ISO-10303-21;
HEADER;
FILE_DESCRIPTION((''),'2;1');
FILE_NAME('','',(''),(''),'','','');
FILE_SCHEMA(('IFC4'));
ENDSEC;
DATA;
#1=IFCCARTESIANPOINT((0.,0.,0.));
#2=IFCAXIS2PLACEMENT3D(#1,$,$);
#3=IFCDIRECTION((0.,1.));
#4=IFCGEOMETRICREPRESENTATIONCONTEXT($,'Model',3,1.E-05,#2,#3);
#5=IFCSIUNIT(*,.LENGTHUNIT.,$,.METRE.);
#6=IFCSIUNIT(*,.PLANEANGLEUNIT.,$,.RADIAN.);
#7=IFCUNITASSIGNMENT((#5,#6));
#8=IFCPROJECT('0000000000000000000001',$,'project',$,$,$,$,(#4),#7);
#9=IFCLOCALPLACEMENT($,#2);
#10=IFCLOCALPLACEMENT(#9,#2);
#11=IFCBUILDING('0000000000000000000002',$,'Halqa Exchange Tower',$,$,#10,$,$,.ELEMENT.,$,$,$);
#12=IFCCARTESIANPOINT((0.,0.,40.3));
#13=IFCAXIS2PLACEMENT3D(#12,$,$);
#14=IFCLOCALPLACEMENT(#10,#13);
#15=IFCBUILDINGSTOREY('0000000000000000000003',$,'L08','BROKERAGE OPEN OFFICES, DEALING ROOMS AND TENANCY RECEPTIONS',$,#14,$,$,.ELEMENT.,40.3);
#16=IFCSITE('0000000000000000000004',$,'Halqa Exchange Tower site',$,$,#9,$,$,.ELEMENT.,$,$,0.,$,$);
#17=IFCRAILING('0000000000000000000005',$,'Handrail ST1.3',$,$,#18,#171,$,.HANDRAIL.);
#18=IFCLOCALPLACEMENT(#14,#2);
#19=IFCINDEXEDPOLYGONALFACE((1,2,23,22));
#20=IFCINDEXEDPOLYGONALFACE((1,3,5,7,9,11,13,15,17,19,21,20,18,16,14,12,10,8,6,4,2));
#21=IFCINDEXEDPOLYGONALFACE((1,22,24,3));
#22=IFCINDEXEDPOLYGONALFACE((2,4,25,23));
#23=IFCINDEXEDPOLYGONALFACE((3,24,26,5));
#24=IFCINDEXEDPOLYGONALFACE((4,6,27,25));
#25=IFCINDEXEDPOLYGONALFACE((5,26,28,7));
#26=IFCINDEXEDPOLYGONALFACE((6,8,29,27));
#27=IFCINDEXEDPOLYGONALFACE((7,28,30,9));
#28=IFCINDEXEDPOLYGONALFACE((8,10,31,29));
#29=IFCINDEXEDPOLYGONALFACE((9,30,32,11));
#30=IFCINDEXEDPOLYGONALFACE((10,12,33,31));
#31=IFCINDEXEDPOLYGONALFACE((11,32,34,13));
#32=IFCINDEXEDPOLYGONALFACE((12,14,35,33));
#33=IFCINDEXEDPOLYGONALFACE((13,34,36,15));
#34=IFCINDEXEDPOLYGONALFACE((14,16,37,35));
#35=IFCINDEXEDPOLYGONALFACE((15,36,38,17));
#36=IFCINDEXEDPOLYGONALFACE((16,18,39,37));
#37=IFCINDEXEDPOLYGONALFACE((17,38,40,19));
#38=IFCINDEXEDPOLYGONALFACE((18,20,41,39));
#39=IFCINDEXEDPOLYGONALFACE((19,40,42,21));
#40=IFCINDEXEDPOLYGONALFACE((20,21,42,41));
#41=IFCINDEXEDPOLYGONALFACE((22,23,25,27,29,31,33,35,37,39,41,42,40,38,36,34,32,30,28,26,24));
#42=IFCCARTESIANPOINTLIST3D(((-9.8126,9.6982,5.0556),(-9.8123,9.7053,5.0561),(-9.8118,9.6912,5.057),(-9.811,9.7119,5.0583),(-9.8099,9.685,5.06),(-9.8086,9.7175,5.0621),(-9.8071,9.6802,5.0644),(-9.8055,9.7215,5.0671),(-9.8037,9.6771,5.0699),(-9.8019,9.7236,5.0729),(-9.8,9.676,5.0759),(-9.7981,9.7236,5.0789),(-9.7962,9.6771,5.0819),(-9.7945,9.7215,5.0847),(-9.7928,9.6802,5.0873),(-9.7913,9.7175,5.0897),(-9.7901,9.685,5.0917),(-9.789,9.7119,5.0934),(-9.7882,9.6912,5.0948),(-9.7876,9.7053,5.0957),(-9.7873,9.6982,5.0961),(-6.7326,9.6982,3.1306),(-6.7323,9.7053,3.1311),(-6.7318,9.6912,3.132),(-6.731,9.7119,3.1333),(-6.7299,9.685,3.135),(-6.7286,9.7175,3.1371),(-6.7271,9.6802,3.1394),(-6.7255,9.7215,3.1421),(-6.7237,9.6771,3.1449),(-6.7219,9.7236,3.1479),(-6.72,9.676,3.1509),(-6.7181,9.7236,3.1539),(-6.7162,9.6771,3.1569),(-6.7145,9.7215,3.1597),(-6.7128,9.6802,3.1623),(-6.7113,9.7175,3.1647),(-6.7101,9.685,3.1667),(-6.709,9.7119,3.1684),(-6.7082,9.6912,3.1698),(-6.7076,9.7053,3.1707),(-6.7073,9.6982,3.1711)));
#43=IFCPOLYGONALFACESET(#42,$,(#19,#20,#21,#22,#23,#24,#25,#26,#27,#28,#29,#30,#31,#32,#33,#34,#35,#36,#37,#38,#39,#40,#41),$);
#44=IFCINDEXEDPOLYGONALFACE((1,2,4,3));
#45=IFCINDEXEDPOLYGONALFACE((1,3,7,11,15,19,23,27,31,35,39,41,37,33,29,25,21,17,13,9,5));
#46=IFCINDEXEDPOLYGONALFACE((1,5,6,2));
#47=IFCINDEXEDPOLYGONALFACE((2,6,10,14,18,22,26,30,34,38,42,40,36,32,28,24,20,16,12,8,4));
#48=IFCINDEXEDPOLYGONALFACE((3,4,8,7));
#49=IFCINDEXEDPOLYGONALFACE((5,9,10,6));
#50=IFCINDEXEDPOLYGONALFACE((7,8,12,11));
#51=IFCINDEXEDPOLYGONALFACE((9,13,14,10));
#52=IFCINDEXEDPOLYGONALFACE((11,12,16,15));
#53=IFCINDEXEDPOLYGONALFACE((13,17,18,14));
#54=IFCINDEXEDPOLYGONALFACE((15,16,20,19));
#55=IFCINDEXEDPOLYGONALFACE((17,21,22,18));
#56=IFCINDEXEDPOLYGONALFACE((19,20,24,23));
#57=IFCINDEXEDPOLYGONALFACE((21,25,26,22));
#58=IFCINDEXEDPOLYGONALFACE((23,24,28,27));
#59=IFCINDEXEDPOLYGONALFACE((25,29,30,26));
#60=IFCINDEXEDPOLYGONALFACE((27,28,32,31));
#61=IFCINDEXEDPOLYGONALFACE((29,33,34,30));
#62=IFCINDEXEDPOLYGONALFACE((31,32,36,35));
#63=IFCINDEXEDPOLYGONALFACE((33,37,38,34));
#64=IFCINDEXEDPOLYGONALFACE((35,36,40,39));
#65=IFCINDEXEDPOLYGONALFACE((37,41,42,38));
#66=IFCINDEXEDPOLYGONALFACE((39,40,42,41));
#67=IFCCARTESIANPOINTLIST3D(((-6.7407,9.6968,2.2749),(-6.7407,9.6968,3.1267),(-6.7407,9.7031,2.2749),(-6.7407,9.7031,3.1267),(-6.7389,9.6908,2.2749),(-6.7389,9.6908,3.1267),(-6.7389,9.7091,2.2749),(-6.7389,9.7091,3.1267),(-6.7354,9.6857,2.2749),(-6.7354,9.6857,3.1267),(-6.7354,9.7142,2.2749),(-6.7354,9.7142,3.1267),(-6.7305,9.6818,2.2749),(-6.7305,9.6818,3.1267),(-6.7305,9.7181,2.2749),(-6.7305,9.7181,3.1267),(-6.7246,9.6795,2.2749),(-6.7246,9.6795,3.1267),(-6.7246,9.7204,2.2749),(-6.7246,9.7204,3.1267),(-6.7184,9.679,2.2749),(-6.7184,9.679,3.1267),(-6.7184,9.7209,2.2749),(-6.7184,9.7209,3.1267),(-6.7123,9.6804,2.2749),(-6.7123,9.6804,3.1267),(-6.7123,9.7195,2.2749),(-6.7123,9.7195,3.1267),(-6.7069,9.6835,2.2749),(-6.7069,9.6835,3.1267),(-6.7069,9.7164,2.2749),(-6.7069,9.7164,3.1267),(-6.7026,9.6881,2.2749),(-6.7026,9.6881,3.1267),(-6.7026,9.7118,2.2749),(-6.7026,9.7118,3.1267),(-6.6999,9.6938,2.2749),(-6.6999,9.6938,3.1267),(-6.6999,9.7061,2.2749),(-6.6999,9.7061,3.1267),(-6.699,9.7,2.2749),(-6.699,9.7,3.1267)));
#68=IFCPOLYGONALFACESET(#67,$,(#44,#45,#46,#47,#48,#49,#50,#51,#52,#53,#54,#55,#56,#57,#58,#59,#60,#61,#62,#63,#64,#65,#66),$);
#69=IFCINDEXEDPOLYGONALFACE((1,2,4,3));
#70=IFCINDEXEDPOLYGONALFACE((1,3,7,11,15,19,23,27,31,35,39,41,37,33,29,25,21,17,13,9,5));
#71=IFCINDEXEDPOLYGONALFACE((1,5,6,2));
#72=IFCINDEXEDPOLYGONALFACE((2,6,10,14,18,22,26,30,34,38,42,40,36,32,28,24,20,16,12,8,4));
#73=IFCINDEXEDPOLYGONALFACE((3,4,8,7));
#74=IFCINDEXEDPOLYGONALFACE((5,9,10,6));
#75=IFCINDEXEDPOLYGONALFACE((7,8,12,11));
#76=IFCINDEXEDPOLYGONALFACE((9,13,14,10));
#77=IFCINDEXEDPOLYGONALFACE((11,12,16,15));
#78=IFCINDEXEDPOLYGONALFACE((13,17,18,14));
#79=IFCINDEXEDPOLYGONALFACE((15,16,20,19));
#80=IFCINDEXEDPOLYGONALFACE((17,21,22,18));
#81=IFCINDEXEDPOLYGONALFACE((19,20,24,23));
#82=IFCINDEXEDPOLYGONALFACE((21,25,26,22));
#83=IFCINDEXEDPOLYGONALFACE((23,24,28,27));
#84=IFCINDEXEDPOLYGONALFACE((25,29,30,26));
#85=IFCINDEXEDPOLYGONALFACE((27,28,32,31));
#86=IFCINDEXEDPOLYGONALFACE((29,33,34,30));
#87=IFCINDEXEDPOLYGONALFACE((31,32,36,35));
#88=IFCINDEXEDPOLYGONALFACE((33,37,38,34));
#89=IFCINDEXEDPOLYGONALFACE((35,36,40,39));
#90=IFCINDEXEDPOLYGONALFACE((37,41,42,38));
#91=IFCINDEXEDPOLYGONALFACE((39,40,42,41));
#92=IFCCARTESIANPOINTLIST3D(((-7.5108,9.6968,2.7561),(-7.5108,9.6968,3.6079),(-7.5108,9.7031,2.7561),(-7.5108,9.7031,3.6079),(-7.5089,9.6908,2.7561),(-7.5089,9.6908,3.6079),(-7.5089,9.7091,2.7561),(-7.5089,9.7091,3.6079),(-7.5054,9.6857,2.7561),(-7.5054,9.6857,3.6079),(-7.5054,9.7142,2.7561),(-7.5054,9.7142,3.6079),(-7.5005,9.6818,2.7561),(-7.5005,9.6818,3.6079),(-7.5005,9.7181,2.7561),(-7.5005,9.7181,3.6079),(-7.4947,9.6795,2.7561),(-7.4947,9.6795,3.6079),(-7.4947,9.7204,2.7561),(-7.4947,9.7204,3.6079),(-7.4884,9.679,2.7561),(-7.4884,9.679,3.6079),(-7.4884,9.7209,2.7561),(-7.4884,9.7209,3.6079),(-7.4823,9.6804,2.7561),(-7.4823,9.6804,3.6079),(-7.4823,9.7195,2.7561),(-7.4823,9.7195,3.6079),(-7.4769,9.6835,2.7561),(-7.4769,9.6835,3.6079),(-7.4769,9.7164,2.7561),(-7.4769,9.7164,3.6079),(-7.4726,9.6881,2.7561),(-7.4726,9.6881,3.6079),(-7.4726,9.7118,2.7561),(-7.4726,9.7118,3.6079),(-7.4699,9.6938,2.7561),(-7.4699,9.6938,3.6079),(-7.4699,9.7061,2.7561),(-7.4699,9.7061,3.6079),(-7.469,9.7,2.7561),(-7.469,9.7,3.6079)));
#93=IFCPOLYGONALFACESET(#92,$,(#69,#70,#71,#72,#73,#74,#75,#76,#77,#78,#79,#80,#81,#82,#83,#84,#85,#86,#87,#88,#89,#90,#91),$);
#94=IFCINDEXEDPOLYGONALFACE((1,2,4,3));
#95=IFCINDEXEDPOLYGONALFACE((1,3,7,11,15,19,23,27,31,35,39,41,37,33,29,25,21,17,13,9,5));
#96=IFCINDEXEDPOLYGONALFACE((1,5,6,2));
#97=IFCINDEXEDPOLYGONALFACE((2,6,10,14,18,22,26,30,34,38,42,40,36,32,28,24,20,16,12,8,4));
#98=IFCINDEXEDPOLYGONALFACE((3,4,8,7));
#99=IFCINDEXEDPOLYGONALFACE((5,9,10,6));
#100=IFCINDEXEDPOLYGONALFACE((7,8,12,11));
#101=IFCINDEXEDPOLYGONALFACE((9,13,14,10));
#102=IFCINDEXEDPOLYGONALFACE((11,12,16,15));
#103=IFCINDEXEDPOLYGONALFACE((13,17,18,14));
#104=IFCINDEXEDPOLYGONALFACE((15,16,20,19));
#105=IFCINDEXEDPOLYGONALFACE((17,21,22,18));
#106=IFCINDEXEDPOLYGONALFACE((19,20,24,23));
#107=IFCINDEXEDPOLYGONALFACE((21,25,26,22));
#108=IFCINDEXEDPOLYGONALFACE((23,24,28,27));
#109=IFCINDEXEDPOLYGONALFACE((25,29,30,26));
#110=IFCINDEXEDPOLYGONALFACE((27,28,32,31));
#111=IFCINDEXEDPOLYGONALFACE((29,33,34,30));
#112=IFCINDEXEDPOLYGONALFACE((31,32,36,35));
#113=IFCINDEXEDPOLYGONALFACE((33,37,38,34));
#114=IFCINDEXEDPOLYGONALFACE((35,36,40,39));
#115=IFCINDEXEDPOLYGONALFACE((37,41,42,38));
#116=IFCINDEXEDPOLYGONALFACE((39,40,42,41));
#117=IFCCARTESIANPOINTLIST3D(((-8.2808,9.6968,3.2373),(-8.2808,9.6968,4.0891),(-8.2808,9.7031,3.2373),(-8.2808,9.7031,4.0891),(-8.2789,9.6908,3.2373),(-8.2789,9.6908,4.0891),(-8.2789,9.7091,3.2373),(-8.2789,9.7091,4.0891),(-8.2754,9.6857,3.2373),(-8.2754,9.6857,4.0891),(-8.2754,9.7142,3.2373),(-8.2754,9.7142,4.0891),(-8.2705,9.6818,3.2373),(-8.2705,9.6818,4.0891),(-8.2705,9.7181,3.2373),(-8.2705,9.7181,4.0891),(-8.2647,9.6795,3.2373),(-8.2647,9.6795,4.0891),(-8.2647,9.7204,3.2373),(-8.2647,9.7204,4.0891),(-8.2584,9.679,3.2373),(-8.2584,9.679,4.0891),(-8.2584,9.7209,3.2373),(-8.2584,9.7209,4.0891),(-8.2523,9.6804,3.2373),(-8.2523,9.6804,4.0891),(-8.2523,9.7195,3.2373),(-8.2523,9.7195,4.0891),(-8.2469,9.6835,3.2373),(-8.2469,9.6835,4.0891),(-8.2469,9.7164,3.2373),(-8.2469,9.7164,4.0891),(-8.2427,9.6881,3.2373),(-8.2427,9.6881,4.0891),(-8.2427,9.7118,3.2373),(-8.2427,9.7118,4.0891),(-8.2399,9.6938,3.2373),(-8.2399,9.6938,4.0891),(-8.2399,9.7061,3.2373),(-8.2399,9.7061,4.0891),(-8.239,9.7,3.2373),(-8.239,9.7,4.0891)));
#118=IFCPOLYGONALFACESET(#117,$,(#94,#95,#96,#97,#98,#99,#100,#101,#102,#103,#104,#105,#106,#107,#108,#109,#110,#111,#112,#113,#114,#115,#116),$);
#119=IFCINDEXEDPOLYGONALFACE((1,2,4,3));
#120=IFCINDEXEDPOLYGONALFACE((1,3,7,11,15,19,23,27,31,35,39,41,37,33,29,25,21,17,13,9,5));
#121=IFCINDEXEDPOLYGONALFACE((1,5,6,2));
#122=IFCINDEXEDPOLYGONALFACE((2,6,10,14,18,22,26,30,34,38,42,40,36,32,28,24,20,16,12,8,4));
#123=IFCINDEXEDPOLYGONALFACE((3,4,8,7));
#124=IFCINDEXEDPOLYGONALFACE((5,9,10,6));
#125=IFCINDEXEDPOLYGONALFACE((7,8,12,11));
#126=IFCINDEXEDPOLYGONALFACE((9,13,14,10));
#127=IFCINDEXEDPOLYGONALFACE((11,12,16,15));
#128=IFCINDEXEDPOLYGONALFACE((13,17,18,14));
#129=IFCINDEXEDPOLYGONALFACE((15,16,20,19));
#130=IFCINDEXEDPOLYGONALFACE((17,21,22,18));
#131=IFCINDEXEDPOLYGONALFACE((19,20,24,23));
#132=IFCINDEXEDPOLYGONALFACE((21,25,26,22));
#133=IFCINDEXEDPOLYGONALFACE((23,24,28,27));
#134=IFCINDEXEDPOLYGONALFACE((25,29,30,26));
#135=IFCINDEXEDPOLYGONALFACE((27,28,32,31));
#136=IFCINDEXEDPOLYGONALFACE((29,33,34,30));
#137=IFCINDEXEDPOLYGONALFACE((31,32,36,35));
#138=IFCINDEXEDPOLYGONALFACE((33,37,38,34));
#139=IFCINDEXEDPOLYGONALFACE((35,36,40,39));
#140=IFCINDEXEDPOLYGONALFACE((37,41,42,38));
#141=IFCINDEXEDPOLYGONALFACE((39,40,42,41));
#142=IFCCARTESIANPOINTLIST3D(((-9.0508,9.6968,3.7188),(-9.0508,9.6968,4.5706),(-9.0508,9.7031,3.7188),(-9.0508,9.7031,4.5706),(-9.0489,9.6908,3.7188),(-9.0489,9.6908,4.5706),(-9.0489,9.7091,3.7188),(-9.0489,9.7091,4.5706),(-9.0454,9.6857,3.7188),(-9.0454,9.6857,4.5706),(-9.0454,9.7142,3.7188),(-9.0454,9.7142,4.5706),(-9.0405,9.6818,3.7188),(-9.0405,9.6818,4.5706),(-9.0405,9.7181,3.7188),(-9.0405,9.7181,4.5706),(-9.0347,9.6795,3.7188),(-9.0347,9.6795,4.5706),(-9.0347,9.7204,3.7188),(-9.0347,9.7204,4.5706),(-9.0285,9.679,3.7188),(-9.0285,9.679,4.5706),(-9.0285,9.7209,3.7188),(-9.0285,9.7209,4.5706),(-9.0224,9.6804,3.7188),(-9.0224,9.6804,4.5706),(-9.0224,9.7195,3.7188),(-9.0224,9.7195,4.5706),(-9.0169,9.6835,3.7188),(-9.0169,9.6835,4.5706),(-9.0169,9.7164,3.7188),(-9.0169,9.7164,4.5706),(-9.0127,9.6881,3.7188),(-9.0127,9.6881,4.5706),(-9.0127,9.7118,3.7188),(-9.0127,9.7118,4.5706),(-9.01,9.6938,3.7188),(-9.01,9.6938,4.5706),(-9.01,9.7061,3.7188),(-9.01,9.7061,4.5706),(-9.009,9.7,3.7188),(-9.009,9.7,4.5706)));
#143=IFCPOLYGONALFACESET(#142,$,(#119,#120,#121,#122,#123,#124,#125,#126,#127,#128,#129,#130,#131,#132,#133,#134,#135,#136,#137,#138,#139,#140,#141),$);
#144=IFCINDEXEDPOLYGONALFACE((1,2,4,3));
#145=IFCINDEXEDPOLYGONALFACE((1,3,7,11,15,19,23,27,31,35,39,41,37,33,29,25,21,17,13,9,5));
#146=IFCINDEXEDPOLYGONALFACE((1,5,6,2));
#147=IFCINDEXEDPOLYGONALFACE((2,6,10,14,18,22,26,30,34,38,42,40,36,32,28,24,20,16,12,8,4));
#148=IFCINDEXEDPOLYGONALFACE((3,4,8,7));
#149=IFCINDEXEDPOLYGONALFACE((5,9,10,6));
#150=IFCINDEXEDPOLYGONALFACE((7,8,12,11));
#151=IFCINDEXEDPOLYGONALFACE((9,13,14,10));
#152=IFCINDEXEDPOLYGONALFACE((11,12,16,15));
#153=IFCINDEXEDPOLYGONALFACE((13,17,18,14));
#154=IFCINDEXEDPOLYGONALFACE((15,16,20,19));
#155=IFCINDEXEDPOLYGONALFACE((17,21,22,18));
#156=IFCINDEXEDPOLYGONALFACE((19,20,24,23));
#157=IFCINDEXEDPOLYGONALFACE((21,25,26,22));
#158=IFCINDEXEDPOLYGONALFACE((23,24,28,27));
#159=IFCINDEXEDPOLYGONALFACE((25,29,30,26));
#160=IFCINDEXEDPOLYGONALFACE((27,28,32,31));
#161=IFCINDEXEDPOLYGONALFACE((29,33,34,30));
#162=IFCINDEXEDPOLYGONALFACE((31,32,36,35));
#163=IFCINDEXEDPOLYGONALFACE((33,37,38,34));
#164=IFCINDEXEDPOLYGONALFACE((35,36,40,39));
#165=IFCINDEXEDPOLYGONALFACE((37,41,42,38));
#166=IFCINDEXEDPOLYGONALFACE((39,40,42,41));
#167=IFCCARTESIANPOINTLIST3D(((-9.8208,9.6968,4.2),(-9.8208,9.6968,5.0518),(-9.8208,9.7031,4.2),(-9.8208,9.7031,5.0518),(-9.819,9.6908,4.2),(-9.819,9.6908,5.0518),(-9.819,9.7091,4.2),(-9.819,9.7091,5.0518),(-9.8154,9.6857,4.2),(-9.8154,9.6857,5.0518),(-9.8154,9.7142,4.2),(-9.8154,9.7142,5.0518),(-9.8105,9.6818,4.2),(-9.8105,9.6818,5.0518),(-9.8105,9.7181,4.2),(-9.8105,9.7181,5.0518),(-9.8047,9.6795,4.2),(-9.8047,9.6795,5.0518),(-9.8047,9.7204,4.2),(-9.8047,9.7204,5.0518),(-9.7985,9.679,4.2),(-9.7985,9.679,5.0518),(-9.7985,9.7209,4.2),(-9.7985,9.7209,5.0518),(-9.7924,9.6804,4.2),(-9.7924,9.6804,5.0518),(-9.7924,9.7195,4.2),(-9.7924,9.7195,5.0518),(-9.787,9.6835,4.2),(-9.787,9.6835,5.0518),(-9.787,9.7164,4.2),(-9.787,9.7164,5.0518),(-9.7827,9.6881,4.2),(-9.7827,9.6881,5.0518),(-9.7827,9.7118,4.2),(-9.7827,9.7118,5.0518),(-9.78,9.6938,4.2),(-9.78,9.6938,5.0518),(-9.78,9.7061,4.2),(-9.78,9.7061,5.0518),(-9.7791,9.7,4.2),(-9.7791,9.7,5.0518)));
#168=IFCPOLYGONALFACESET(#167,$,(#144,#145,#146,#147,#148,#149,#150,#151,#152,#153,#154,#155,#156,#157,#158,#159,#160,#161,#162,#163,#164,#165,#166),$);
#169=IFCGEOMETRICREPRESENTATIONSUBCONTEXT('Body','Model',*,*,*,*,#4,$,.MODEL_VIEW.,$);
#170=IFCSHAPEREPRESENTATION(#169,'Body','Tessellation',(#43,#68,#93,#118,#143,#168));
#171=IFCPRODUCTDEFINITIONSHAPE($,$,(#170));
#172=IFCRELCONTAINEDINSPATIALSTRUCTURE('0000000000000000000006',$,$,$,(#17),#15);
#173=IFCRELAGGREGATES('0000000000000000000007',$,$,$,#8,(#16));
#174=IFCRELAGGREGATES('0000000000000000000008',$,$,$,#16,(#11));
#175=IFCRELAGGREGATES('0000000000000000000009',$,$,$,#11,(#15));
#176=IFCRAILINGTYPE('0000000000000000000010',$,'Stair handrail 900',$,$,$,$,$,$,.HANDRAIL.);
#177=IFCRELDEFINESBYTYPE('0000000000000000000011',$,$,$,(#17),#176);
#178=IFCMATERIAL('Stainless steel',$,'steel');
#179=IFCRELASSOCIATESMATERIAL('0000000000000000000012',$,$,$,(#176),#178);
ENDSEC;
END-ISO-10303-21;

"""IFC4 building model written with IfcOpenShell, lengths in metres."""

from ifc_helpers import new_model, si_unit, direction, frame, origin, origin_2d, place, context, subcontext, project, spatial, circle, extrude, material, type_object, element, save


model = new_model("IFC4")

# Units and contexts
model_context = context("Model", 3, precision=1e-05, world=origin(), true_north=direction((0.0, 1.0)))
body_context = subcontext(model_context, "Body", "Model", "MODEL_VIEW")
ifc_project = project(units=[si_unit("LENGTHUNIT", "METRE"), si_unit("PLANEANGLEUNIT", "RADIAN")], contexts=[model_context])

# Site, building, storey
site_placement = place(None, origin())
site = spatial("IfcSite", under=ifc_project, at=site_placement, Name="Halqa Exchange Tower site", CompositionType="ELEMENT", RefElevation=0.0)
building_placement = place(site_placement, origin())
building = spatial("IfcBuilding", under=site, at=building_placement, Name="Halqa Exchange Tower", CompositionType="ELEMENT")
storey_placement = place(building_placement, frame((0.0, 0.0, 40.3)))
storey = spatial("IfcBuildingStorey", under=building, at=storey_placement, Name="L08", Description="BROKERAGE OPEN OFFICES, DEALING ROOMS AND TENANCY RECEPTIONS", CompositionType="ELEMENT", Elevation=40.3)

# Railing
ifc_material_1 = material(Name="Stainless steel", Category="steel")
railing_type_1 = type_object("IfcRailingType", Name="Stair handrail 900", PredefinedType="HANDRAIL", material=ifc_material_1)
railing_1_placement = place(storey_placement, frame((-6.72, 9.7, 2.2749)))
element("IfcRailing", 1, at=railing_1_placement, inside=storey, type_object=railing_type_1, Name="Handrail ST1.3", PredefinedType="HANDRAIL", context=body_context, shape_type="SweptSolid", body=[
    extrude(circle(Radius=0.0239, at=origin_2d()), frame((0.0, 0.0, 0.876), z_axis=(-0.847998, 0.0, 0.529999), x_axis=(0.0, -1.0, 0.0)), (0.0, 0.0, 1.0), 3.6321),
    extrude(circle(Radius=0.021, at=origin_2d()), origin(), (0.0, 0.0, 1.0), 0.8518),
    extrude(circle(Radius=0.021, at=origin_2d()), frame((-0.77, 0.0, 0.4812)), (0.0, 0.0, 1.0), 0.8518),
    extrude(circle(Radius=0.021, at=origin_2d()), frame((-1.54, 0.0, 0.9624)), (0.0, 0.0, 1.0), 0.8518),
    extrude(circle(Radius=0.021, at=origin_2d()), frame((-2.3101, 0.0, 1.4438)), (0.0, 0.0, 1.0), 0.8518),
    extrude(circle(Radius=0.021, at=origin_2d()), frame((-3.0801, 0.0, 1.925)), (0.0, 0.0, 1.0), 0.8518),
])

save(model, "model.ifc")
